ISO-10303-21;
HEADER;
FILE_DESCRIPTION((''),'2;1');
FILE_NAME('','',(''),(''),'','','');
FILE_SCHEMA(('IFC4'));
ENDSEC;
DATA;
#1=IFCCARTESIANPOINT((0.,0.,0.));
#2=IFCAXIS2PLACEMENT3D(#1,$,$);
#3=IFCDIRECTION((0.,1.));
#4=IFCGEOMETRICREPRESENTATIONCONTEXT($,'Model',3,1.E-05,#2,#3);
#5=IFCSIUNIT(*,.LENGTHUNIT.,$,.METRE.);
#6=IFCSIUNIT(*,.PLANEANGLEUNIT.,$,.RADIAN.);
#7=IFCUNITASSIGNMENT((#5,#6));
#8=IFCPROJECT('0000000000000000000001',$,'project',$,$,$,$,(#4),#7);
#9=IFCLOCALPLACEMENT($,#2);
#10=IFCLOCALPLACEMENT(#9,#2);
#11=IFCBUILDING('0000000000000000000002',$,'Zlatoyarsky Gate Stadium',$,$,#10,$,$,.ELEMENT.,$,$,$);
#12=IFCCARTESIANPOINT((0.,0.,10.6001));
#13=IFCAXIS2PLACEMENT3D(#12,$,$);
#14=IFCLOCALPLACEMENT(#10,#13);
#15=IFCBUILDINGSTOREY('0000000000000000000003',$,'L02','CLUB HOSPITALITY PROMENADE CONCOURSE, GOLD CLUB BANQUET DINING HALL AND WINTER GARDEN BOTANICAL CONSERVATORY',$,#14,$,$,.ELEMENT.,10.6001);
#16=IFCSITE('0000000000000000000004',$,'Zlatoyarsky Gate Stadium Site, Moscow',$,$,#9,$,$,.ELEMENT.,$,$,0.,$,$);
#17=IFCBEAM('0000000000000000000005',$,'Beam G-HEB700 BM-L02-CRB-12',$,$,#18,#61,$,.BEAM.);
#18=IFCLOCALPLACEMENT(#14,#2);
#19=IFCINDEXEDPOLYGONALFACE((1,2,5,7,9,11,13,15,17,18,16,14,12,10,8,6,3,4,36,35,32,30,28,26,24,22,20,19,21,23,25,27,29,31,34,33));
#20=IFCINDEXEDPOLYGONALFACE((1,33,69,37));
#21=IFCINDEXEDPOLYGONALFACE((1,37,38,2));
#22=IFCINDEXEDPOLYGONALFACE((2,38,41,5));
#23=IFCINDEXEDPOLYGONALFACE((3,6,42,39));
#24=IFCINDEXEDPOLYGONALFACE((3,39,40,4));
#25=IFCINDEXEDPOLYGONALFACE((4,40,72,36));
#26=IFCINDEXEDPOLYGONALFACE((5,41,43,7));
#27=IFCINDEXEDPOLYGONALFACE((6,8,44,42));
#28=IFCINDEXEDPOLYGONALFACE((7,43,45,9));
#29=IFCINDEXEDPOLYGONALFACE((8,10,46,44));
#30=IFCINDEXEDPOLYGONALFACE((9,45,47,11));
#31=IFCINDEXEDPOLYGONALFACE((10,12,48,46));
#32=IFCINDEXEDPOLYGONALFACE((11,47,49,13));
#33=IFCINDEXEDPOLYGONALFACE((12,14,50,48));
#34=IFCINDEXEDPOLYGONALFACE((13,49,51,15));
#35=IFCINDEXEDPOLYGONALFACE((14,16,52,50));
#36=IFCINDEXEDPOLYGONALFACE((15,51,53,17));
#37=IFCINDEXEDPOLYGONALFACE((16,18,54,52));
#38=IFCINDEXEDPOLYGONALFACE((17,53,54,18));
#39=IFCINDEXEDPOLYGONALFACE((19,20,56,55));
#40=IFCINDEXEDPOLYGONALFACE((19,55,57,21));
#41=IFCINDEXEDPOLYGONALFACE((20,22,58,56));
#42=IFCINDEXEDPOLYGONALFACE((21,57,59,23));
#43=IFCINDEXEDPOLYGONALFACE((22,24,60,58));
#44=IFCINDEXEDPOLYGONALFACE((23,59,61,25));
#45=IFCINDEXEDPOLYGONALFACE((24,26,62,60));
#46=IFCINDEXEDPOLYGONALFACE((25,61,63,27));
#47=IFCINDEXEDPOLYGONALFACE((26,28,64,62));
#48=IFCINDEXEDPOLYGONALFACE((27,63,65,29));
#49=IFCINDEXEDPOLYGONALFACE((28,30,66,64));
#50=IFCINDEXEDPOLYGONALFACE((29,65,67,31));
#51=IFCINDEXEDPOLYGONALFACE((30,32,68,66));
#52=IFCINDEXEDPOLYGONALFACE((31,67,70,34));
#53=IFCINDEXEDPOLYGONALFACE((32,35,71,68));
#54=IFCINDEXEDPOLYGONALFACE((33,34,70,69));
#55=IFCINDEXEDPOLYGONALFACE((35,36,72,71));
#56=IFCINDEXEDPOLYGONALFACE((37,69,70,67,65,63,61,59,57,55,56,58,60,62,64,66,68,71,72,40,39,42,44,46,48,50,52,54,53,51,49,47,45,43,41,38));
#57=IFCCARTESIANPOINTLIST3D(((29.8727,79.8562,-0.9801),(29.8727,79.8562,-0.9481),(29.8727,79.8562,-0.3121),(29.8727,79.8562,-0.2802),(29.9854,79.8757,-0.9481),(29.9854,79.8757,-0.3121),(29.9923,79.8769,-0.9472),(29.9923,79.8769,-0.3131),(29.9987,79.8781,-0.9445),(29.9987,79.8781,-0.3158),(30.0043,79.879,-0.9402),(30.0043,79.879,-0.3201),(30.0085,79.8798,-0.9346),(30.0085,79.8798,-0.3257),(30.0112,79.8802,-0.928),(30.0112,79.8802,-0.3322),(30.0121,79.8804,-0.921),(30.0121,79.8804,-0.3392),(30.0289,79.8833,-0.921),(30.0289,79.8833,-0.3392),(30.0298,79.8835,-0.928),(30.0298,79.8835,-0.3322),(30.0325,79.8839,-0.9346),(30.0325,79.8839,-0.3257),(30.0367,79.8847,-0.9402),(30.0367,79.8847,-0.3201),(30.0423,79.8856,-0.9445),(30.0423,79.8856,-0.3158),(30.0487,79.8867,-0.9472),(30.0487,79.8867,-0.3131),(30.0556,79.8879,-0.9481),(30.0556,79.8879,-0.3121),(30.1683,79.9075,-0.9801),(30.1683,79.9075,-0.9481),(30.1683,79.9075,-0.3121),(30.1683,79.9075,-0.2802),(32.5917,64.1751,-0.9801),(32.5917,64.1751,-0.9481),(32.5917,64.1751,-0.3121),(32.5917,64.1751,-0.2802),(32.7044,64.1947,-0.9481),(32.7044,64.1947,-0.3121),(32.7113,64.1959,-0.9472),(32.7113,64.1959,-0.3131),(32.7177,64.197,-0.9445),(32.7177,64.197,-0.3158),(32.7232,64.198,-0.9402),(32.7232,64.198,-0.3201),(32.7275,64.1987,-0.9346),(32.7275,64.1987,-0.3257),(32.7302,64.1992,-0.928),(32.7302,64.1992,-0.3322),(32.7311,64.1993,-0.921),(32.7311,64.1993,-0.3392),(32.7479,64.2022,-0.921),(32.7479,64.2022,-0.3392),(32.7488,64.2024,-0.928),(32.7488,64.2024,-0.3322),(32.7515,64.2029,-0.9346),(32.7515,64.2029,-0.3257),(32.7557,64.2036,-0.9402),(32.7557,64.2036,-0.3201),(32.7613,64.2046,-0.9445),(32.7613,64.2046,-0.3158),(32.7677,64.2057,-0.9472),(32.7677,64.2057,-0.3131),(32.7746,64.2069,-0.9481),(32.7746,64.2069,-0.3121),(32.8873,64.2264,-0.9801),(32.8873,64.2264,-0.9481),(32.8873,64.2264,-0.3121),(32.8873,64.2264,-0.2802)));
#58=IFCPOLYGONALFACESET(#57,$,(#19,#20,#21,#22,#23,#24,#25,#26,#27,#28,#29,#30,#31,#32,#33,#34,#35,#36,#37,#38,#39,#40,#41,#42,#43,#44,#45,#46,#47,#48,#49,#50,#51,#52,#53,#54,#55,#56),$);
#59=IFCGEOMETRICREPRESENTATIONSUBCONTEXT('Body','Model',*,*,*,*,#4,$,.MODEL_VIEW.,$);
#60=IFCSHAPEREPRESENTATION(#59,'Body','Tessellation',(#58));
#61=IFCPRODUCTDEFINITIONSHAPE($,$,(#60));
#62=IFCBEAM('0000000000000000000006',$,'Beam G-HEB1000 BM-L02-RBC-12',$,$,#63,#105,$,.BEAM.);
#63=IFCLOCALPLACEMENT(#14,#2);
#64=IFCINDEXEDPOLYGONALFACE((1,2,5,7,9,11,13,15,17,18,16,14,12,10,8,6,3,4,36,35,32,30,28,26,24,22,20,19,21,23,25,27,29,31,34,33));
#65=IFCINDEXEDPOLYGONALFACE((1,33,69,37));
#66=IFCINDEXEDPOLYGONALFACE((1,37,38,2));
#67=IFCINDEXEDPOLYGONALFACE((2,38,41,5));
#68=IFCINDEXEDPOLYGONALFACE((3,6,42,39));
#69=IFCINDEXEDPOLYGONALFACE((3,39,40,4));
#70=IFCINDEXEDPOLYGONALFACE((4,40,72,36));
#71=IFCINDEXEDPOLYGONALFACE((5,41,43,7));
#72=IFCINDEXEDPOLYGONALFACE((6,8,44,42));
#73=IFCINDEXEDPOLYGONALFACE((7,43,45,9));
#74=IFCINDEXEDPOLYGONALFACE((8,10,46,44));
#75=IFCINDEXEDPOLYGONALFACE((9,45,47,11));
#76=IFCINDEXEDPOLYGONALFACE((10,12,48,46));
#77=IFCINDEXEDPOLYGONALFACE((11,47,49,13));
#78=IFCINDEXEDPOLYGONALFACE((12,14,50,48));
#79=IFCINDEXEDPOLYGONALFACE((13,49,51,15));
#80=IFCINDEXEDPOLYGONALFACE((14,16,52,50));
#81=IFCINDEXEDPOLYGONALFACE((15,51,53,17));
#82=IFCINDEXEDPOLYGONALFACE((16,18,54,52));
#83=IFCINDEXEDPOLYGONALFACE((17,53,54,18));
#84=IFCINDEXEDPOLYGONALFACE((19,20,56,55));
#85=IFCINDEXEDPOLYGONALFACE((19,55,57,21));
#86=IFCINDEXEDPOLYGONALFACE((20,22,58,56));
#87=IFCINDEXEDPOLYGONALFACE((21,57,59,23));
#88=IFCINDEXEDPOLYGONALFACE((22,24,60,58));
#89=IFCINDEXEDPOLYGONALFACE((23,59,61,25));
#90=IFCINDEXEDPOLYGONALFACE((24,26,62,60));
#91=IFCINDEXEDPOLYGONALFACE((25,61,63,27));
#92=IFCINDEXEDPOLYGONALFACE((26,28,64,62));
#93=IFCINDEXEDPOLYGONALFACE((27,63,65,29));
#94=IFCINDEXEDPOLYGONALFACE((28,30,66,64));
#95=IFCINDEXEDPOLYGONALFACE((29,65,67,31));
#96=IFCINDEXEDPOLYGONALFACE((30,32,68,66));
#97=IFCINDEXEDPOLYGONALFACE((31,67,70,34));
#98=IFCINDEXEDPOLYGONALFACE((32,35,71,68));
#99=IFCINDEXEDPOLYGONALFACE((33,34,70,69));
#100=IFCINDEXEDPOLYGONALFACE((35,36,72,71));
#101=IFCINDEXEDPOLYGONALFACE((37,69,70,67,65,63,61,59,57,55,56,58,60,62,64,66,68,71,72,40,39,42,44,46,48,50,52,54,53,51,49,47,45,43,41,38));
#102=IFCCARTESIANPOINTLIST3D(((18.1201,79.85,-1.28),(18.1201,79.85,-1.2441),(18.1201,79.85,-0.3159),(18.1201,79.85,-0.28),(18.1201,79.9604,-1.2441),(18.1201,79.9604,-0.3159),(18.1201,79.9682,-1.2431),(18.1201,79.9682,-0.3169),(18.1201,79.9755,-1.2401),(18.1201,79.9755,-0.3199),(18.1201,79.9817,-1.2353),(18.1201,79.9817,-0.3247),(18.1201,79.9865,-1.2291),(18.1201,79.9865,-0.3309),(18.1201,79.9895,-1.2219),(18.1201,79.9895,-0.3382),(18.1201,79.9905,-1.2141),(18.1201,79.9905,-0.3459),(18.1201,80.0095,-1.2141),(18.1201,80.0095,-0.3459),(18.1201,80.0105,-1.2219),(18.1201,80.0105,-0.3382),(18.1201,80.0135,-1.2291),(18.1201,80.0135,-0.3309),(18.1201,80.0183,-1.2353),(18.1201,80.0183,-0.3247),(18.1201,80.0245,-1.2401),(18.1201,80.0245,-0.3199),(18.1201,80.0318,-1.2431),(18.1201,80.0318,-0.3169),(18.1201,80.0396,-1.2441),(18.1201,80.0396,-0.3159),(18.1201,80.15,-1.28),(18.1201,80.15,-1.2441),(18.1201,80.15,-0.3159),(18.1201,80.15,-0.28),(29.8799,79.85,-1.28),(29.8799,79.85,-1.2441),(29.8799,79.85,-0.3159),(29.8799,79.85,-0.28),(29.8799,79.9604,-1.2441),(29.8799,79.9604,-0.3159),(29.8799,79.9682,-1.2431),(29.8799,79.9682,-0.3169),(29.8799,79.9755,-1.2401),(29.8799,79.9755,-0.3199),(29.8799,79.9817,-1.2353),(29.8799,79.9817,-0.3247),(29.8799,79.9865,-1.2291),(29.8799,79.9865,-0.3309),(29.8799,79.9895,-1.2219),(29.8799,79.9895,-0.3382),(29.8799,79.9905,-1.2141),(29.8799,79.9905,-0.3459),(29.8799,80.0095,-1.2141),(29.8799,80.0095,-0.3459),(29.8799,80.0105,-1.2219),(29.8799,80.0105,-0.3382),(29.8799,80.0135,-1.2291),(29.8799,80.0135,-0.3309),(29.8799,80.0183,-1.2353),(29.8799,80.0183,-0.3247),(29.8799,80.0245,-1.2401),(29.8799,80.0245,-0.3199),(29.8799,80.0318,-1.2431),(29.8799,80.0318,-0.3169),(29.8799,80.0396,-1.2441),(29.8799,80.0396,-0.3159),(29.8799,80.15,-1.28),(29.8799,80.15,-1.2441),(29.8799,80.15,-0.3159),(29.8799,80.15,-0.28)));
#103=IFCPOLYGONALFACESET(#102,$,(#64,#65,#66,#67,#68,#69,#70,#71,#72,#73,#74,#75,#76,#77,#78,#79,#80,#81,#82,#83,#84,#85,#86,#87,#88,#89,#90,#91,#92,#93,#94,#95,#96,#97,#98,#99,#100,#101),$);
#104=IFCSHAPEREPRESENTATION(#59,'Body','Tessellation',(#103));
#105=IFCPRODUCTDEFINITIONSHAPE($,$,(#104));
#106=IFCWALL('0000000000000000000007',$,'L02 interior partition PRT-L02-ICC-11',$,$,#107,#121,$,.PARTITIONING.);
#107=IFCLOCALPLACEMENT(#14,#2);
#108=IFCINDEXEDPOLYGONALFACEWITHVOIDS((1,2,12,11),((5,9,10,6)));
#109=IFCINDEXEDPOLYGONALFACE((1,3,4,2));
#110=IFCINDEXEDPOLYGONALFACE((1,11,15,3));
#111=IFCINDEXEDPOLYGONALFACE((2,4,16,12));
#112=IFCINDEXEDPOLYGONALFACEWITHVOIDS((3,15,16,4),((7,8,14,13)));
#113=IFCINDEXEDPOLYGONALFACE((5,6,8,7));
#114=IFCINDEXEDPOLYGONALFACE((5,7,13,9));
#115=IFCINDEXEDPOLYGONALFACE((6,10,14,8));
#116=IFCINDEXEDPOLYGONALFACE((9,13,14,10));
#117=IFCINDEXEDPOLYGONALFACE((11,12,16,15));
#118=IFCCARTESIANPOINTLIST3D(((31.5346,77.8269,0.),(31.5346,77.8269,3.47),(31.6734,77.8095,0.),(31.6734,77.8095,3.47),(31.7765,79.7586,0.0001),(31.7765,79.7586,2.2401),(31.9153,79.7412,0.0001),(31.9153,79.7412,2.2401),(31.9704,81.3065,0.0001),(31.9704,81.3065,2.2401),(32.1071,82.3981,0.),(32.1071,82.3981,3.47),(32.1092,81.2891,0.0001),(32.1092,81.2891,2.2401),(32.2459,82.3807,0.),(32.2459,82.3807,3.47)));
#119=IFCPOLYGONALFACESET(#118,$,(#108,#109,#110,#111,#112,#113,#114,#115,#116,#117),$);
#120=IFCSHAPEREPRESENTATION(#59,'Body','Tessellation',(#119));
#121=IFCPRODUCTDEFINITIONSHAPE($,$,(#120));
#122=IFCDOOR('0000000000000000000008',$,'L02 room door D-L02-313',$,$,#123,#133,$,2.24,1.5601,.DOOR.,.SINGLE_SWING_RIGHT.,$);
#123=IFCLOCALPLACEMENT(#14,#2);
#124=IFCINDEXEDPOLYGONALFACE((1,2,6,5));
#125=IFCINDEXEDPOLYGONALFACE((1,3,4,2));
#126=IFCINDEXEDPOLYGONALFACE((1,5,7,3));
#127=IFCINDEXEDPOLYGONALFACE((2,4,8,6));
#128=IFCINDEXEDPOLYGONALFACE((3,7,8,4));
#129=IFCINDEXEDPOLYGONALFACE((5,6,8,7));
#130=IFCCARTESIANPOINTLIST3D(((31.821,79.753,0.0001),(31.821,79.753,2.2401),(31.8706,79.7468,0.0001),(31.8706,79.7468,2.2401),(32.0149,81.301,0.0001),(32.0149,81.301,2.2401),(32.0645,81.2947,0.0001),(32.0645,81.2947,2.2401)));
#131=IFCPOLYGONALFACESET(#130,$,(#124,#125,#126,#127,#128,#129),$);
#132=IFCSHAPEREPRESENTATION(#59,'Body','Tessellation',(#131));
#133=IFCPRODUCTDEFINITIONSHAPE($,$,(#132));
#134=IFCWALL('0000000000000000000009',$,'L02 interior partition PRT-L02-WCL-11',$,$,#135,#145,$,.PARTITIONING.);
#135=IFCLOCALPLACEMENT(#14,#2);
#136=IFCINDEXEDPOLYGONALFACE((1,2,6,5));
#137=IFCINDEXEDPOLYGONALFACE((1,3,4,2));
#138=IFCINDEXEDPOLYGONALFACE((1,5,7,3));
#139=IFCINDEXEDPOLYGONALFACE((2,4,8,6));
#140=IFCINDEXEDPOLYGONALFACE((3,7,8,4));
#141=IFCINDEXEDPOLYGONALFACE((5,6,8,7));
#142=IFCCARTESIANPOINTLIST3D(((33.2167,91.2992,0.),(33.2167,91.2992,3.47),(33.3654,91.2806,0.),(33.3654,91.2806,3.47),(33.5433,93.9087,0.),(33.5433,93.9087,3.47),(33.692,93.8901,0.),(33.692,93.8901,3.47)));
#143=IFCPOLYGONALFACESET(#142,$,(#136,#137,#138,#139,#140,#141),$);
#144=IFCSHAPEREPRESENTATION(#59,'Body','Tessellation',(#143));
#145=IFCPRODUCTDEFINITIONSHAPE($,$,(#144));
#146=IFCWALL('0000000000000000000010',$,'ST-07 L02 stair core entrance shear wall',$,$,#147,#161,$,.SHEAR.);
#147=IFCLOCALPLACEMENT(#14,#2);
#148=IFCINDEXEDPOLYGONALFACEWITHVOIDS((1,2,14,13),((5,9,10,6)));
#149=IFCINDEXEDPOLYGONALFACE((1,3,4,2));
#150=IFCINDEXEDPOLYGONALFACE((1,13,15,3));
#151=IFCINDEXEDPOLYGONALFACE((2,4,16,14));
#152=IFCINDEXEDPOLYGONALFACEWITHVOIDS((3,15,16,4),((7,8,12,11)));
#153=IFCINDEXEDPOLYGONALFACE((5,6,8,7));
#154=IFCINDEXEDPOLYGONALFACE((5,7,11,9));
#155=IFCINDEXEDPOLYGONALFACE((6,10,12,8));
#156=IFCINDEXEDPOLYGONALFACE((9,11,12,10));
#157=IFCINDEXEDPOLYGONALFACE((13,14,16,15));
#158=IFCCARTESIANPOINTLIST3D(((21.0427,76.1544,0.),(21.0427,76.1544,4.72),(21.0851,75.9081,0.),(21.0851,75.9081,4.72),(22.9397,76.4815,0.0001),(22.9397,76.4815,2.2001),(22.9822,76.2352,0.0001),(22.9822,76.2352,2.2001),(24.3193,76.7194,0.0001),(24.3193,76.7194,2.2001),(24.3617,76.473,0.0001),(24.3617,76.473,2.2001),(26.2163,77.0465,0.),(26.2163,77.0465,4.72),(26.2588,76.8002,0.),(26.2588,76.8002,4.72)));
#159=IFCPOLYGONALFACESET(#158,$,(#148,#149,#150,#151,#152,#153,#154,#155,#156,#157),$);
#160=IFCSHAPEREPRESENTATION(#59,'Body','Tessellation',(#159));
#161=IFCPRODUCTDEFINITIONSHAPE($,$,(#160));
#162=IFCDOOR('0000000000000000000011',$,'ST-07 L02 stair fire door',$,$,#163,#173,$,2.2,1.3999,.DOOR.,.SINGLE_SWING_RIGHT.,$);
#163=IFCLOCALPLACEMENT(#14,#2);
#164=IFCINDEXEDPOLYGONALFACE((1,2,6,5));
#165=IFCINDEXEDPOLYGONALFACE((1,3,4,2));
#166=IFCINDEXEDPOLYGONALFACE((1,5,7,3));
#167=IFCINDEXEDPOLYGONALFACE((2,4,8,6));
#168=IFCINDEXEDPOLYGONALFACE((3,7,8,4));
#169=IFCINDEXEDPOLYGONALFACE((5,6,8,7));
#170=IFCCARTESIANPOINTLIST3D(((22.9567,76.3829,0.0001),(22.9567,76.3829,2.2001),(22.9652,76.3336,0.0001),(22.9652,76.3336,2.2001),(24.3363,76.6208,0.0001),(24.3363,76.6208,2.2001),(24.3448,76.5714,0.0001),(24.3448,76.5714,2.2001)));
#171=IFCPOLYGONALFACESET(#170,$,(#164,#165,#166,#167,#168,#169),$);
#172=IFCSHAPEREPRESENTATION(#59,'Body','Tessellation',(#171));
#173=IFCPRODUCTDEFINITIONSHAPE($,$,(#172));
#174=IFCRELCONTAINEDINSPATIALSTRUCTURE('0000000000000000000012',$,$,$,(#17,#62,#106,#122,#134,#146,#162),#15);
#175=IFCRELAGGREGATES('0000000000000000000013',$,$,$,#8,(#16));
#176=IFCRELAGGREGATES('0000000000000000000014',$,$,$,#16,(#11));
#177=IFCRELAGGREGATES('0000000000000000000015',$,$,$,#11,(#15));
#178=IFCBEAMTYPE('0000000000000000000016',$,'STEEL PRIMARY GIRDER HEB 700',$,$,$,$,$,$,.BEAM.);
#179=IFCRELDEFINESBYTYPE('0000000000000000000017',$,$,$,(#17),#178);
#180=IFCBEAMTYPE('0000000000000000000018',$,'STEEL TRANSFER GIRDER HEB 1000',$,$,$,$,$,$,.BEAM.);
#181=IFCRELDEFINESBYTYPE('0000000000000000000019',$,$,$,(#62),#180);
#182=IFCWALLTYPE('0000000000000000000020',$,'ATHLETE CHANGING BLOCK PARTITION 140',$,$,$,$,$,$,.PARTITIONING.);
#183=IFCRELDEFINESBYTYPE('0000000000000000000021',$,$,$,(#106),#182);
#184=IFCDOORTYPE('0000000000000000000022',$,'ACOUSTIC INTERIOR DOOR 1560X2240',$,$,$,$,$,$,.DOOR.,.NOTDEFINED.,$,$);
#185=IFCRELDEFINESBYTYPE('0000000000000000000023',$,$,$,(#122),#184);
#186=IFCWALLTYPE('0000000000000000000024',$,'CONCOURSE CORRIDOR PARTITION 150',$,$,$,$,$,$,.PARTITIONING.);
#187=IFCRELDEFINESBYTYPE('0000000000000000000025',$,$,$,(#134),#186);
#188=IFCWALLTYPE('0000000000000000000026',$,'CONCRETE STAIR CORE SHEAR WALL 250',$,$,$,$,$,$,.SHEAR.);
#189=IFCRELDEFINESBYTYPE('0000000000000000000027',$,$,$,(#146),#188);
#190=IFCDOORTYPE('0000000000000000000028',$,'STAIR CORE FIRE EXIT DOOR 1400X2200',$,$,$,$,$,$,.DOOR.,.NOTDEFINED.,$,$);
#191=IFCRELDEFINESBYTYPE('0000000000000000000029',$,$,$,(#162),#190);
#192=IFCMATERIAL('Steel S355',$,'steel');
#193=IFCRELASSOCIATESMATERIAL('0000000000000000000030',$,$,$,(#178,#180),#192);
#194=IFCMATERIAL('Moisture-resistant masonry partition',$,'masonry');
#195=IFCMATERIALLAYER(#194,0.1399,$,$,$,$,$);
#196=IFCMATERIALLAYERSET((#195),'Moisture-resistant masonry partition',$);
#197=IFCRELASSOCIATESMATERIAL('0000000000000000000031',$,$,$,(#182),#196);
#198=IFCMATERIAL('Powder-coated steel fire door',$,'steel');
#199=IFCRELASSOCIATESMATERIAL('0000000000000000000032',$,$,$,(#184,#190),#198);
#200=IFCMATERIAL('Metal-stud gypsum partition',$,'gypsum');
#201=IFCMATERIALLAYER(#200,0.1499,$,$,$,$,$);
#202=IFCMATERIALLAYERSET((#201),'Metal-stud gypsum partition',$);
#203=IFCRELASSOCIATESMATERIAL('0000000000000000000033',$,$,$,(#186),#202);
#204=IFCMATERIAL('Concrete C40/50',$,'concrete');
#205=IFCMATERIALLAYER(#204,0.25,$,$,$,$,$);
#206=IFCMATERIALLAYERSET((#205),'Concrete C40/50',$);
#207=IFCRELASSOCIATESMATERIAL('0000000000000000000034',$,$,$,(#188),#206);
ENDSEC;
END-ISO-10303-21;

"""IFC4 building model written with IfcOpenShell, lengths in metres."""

from ifc_helpers import new_model, si_unit, direction, frame, frame_2d, origin, origin_2d, place, context, subcontext, project, spatial, rectangle, i_section, extrude, material, layer, layer_set, material_profile, profile_set, type_object, element, fill, save


model = new_model("IFC4")

# Units and contexts
model_context = context("Model", 3, precision=1e-05, world=origin(), true_north=direction((0.0, 1.0)))
body_context = subcontext(model_context, "Body", "Model", "MODEL_VIEW")
ifc_project = project(units=[si_unit("LENGTHUNIT", "METRE"), si_unit("PLANEANGLEUNIT", "RADIAN")], contexts=[model_context])

# Site, building, storey
site_placement = place(None, origin())
site = spatial("IfcSite", under=ifc_project, at=site_placement, Name="Zlatoyarsky Gate Stadium Site, Moscow", CompositionType="ELEMENT", RefElevation=0.0)
building_placement = place(site_placement, origin())
building = spatial("IfcBuilding", under=site, at=building_placement, Name="Zlatoyarsky Gate Stadium", CompositionType="ELEMENT")
storey_placement = place(building_placement, frame((0.0, 0.0, 10.6001)))
storey = spatial("IfcBuildingStorey", under=building, at=storey_placement, Name="L02", Description="CLUB HOSPITALITY PROMENADE CONCOURSE, GOLD CLUB BANQUET DINING HALL AND WINTER GARDEN BOTANICAL CONSERVATORY", CompositionType="ELEMENT", Elevation=10.6001)

# Shared definitions
ifc_material_1 = material(Name="Concrete C40/50", Category="concrete")

# Beams
ifc_material_2 = material(Name="Steel S355", Category="steel")
ifc_material_profile_1 = material_profile(ifc_material_2, i_section(OverallWidth=0.3, OverallDepth=0.7, WebThickness=0.0171, FlangeThickness=0.032, FilletRadius=0.0271, at=origin_2d()), Name="HEB 700")
ifc_profile_set_1 = profile_set([ifc_material_profile_1], Name="Steel S355")
beam_type_1 = type_object("IfcBeamType", Name="STEEL PRIMARY GIRDER HEB 700", PredefinedType="BEAM", material=ifc_profile_set_1)
beam_1_placement = place(storey_placement, frame((30.0205, 79.8818, -0.6301), z_axis=(0.170843, -0.985298, 0.0), x_axis=(0.985298, 0.170843, 0.0)))
element("IfcBeam", 1, at=beam_1_placement, inside=storey, type_object=beam_type_1, Name="Beam G-HEB700 BM-L02-CRB-12", PredefinedType="BEAM", context=body_context, shape_type="SweptSolid", body=[
    extrude(i_section(OverallWidth=0.3, OverallDepth=0.7, WebThickness=0.0171, FlangeThickness=0.032, FilletRadius=0.0271, at=origin_2d()), origin(), (0.0, 0.0, 1.0), 15.915),
])
ifc_material_profile_2 = material_profile(ifc_material_2, i_section(OverallWidth=0.3, OverallDepth=1.0, WebThickness=0.019, FlangeThickness=0.0359, FilletRadius=0.03, at=origin_2d()), Name="HEB 1000")
ifc_profile_set_2 = profile_set([ifc_material_profile_2], Name="Steel S355")
beam_type_2 = type_object("IfcBeamType", Name="STEEL TRANSFER GIRDER HEB 1000", PredefinedType="BEAM", material=ifc_profile_set_2)
beam_2_placement = place(storey_placement, frame((29.8799, 80.0, -0.78), z_axis=(-1.0, 0.0, 0.0), x_axis=(0.0, -1.0, 0.0)))
element("IfcBeam", 2, at=beam_2_placement, inside=storey, type_object=beam_type_2, Name="Beam G-HEB1000 BM-L02-RBC-12", PredefinedType="BEAM", context=body_context, shape_type="SweptSolid", body=[
    extrude(i_section(OverallWidth=0.3, OverallDepth=1.0, WebThickness=0.019, FlangeThickness=0.0359, FilletRadius=0.03, at=origin_2d()), origin(), (0.0, 0.0, 1.0), 11.7598),
])

# Wall, opening, door
ifc_material_3 = material(Name="Moisture-resistant masonry partition", Category="masonry")
ifc_layer_1 = layer(ifc_material_3, 0.1399)
ifc_layer_set_1 = layer_set([ifc_layer_1], Name="Moisture-resistant masonry partition")
wall_type_1 = type_object("IfcWallType", Name="ATHLETE CHANGING BLOCK PARTITION 140", PredefinedType="PARTITIONING", material=ifc_layer_set_1)
wall_1_placement = place(storey_placement, frame((32.1765, 82.3894, 0.0), z_axis=(0.0, 0.0, 1.0), x_axis=(-0.12427, -0.992248, 0.0)))
wall_1 = element("IfcWall", 3, at=wall_1_placement, inside=storey, type_object=wall_type_1, Name="L02 interior partition PRT-L02-ICC-11", PredefinedType="PARTITIONING", context=body_context, shape_type="SweptSolid", body=[
    extrude(rectangle(XDim=4.6069, YDim=0.1399, at=frame_2d((2.3035, 0.0))), origin(), (0.0, 0.0, 1.0), 3.47),
])
opening_1_placement = place(wall_1_placement, frame((1.1001, 0.0, 0.0)))
opening_1 = element("IfcOpeningElement", 4, at=opening_1_placement, cuts=wall_1, PredefinedType="OPENING", context=body_context, shape_type="SweptSolid", body=[
    extrude(rectangle(XDim=1.5601, YDim=2.24, at=frame_2d((0.78, 1.1201))), frame((0.0, 0.0798, 0.0), z_axis=(0.0, -1.0, 0.0), x_axis=(1.0, 0.0, 0.0)), (0.0, 0.0, 1.0), 0.1599),
])
ifc_material_4 = material(Name="Powder-coated steel fire door", Category="steel")
door_type_1 = type_object("IfcDoorType", Name="ACOUSTIC INTERIOR DOOR 1560X2240", OperationType="NOTDEFINED", PredefinedType="DOOR", material=ifc_material_4)
door_1_placement = place(opening_1_placement, origin())
door_1 = element("IfcDoor", 5, at=door_1_placement, inside=storey, type_object=door_type_1, Name="L02 room door D-L02-313", OperationType="SINGLE_SWING_RIGHT", OverallHeight=2.24, OverallWidth=1.5601, PredefinedType="DOOR", context=body_context, shape_type="SweptSolid", body=[
    extrude(rectangle(XDim=1.5601, YDim=2.24, at=frame_2d((0.78, 1.1201))), frame((0.0, 0.0249, 0.0), z_axis=(0.0, -1.0, 0.0), x_axis=(1.0, 0.0, 0.0)), (0.0, 0.0, 1.0), 0.05),
])
fill(opening_1, door_1)

# Wall
ifc_material_5 = material(Name="Metal-stud gypsum partition", Category="gypsum")
ifc_layer_2 = layer(ifc_material_5, 0.1499)
ifc_layer_set_2 = layer_set([ifc_layer_2], Name="Metal-stud gypsum partition")
wall_type_2 = type_object("IfcWallType", Name="CONCOURSE CORRIDOR PARTITION 150", PredefinedType="PARTITIONING", material=ifc_layer_set_2)
wall_2_placement = place(storey_placement, frame((33.6177, 93.8994, 0.0), z_axis=(0.0, 0.0, 1.0), x_axis=(-0.124206, -0.992256, 0.0)))
element("IfcWall", 6, at=wall_2_placement, inside=storey, type_object=wall_type_2, Name="L02 interior partition PRT-L02-WCL-11", PredefinedType="PARTITIONING", context=body_context, shape_type="SweptSolid", body=[
    extrude(rectangle(XDim=2.6299, YDim=0.1499, at=frame_2d((1.3149, 0.0))), origin(), (0.0, 0.0, 1.0), 3.47),
])

# Wall, opening, door
ifc_layer_3 = layer(ifc_material_1, 0.25)
ifc_layer_set_3 = layer_set([ifc_layer_3], Name="Concrete C40/50")
wall_type_3 = type_object("IfcWallType", Name="CONCRETE STAIR CORE SHEAR WALL 250", PredefinedType="SHEAR", material=ifc_layer_set_3)
wall_3_placement = place(storey_placement, frame((26.2375, 76.9233, 0.0), z_axis=(0.0, 0.0, 1.0), x_axis=(-0.985457, -0.169924, 0.0)))
wall_3 = element("IfcWall", 7, at=wall_3_placement, inside=storey, type_object=wall_type_3, Name="ST-07 L02 stair core entrance shear wall", PredefinedType="SHEAR", context=body_context, shape_type="SweptSolid", body=[
    extrude(rectangle(XDim=5.25, YDim=0.25, at=frame_2d((2.625, 0.0))), origin(), (0.0, 0.0, 1.0), 4.72),
])
opening_2_placement = place(wall_3_placement, frame((1.925, 0.0, 0.0)))
opening_2 = element("IfcOpeningElement", 8, at=opening_2_placement, cuts=wall_3, PredefinedType="OPENING", context=body_context, shape_type="SweptSolid", body=[
    extrude(rectangle(XDim=1.3999, YDim=2.2, at=frame_2d((0.7, 1.1001))), frame((0.0, 0.135, 0.0), z_axis=(0.0, -1.0, 0.0), x_axis=(1.0, 0.0, 0.0)), (0.0, 0.0, 1.0), 0.27),
])
door_type_2 = type_object("IfcDoorType", Name="STAIR CORE FIRE EXIT DOOR 1400X2200", OperationType="NOTDEFINED", PredefinedType="DOOR", material=ifc_material_4)
door_2_placement = place(opening_2_placement, frame((1.3999, 0.0, 0.0), z_axis=(0.0, 0.0, 1.0), x_axis=(-1.0, 0.0, 0.0)))
door_2 = element("IfcDoor", 9, at=door_2_placement, inside=storey, type_object=door_type_2, Name="ST-07 L02 stair fire door", OperationType="SINGLE_SWING_RIGHT", OverallHeight=2.2, OverallWidth=1.3999, PredefinedType="DOOR", context=body_context, shape_type="SweptSolid", body=[
    extrude(rectangle(XDim=1.3999, YDim=2.2, at=frame_2d((0.7, 1.1001))), frame((0.0, 0.0249, 0.0), z_axis=(0.0, -1.0, 0.0), x_axis=(1.0, 0.0, 0.0)), (0.0, 0.0, 1.0), 0.05),
])
fill(opening_2, door_2)

save(model, "model.ifc")
